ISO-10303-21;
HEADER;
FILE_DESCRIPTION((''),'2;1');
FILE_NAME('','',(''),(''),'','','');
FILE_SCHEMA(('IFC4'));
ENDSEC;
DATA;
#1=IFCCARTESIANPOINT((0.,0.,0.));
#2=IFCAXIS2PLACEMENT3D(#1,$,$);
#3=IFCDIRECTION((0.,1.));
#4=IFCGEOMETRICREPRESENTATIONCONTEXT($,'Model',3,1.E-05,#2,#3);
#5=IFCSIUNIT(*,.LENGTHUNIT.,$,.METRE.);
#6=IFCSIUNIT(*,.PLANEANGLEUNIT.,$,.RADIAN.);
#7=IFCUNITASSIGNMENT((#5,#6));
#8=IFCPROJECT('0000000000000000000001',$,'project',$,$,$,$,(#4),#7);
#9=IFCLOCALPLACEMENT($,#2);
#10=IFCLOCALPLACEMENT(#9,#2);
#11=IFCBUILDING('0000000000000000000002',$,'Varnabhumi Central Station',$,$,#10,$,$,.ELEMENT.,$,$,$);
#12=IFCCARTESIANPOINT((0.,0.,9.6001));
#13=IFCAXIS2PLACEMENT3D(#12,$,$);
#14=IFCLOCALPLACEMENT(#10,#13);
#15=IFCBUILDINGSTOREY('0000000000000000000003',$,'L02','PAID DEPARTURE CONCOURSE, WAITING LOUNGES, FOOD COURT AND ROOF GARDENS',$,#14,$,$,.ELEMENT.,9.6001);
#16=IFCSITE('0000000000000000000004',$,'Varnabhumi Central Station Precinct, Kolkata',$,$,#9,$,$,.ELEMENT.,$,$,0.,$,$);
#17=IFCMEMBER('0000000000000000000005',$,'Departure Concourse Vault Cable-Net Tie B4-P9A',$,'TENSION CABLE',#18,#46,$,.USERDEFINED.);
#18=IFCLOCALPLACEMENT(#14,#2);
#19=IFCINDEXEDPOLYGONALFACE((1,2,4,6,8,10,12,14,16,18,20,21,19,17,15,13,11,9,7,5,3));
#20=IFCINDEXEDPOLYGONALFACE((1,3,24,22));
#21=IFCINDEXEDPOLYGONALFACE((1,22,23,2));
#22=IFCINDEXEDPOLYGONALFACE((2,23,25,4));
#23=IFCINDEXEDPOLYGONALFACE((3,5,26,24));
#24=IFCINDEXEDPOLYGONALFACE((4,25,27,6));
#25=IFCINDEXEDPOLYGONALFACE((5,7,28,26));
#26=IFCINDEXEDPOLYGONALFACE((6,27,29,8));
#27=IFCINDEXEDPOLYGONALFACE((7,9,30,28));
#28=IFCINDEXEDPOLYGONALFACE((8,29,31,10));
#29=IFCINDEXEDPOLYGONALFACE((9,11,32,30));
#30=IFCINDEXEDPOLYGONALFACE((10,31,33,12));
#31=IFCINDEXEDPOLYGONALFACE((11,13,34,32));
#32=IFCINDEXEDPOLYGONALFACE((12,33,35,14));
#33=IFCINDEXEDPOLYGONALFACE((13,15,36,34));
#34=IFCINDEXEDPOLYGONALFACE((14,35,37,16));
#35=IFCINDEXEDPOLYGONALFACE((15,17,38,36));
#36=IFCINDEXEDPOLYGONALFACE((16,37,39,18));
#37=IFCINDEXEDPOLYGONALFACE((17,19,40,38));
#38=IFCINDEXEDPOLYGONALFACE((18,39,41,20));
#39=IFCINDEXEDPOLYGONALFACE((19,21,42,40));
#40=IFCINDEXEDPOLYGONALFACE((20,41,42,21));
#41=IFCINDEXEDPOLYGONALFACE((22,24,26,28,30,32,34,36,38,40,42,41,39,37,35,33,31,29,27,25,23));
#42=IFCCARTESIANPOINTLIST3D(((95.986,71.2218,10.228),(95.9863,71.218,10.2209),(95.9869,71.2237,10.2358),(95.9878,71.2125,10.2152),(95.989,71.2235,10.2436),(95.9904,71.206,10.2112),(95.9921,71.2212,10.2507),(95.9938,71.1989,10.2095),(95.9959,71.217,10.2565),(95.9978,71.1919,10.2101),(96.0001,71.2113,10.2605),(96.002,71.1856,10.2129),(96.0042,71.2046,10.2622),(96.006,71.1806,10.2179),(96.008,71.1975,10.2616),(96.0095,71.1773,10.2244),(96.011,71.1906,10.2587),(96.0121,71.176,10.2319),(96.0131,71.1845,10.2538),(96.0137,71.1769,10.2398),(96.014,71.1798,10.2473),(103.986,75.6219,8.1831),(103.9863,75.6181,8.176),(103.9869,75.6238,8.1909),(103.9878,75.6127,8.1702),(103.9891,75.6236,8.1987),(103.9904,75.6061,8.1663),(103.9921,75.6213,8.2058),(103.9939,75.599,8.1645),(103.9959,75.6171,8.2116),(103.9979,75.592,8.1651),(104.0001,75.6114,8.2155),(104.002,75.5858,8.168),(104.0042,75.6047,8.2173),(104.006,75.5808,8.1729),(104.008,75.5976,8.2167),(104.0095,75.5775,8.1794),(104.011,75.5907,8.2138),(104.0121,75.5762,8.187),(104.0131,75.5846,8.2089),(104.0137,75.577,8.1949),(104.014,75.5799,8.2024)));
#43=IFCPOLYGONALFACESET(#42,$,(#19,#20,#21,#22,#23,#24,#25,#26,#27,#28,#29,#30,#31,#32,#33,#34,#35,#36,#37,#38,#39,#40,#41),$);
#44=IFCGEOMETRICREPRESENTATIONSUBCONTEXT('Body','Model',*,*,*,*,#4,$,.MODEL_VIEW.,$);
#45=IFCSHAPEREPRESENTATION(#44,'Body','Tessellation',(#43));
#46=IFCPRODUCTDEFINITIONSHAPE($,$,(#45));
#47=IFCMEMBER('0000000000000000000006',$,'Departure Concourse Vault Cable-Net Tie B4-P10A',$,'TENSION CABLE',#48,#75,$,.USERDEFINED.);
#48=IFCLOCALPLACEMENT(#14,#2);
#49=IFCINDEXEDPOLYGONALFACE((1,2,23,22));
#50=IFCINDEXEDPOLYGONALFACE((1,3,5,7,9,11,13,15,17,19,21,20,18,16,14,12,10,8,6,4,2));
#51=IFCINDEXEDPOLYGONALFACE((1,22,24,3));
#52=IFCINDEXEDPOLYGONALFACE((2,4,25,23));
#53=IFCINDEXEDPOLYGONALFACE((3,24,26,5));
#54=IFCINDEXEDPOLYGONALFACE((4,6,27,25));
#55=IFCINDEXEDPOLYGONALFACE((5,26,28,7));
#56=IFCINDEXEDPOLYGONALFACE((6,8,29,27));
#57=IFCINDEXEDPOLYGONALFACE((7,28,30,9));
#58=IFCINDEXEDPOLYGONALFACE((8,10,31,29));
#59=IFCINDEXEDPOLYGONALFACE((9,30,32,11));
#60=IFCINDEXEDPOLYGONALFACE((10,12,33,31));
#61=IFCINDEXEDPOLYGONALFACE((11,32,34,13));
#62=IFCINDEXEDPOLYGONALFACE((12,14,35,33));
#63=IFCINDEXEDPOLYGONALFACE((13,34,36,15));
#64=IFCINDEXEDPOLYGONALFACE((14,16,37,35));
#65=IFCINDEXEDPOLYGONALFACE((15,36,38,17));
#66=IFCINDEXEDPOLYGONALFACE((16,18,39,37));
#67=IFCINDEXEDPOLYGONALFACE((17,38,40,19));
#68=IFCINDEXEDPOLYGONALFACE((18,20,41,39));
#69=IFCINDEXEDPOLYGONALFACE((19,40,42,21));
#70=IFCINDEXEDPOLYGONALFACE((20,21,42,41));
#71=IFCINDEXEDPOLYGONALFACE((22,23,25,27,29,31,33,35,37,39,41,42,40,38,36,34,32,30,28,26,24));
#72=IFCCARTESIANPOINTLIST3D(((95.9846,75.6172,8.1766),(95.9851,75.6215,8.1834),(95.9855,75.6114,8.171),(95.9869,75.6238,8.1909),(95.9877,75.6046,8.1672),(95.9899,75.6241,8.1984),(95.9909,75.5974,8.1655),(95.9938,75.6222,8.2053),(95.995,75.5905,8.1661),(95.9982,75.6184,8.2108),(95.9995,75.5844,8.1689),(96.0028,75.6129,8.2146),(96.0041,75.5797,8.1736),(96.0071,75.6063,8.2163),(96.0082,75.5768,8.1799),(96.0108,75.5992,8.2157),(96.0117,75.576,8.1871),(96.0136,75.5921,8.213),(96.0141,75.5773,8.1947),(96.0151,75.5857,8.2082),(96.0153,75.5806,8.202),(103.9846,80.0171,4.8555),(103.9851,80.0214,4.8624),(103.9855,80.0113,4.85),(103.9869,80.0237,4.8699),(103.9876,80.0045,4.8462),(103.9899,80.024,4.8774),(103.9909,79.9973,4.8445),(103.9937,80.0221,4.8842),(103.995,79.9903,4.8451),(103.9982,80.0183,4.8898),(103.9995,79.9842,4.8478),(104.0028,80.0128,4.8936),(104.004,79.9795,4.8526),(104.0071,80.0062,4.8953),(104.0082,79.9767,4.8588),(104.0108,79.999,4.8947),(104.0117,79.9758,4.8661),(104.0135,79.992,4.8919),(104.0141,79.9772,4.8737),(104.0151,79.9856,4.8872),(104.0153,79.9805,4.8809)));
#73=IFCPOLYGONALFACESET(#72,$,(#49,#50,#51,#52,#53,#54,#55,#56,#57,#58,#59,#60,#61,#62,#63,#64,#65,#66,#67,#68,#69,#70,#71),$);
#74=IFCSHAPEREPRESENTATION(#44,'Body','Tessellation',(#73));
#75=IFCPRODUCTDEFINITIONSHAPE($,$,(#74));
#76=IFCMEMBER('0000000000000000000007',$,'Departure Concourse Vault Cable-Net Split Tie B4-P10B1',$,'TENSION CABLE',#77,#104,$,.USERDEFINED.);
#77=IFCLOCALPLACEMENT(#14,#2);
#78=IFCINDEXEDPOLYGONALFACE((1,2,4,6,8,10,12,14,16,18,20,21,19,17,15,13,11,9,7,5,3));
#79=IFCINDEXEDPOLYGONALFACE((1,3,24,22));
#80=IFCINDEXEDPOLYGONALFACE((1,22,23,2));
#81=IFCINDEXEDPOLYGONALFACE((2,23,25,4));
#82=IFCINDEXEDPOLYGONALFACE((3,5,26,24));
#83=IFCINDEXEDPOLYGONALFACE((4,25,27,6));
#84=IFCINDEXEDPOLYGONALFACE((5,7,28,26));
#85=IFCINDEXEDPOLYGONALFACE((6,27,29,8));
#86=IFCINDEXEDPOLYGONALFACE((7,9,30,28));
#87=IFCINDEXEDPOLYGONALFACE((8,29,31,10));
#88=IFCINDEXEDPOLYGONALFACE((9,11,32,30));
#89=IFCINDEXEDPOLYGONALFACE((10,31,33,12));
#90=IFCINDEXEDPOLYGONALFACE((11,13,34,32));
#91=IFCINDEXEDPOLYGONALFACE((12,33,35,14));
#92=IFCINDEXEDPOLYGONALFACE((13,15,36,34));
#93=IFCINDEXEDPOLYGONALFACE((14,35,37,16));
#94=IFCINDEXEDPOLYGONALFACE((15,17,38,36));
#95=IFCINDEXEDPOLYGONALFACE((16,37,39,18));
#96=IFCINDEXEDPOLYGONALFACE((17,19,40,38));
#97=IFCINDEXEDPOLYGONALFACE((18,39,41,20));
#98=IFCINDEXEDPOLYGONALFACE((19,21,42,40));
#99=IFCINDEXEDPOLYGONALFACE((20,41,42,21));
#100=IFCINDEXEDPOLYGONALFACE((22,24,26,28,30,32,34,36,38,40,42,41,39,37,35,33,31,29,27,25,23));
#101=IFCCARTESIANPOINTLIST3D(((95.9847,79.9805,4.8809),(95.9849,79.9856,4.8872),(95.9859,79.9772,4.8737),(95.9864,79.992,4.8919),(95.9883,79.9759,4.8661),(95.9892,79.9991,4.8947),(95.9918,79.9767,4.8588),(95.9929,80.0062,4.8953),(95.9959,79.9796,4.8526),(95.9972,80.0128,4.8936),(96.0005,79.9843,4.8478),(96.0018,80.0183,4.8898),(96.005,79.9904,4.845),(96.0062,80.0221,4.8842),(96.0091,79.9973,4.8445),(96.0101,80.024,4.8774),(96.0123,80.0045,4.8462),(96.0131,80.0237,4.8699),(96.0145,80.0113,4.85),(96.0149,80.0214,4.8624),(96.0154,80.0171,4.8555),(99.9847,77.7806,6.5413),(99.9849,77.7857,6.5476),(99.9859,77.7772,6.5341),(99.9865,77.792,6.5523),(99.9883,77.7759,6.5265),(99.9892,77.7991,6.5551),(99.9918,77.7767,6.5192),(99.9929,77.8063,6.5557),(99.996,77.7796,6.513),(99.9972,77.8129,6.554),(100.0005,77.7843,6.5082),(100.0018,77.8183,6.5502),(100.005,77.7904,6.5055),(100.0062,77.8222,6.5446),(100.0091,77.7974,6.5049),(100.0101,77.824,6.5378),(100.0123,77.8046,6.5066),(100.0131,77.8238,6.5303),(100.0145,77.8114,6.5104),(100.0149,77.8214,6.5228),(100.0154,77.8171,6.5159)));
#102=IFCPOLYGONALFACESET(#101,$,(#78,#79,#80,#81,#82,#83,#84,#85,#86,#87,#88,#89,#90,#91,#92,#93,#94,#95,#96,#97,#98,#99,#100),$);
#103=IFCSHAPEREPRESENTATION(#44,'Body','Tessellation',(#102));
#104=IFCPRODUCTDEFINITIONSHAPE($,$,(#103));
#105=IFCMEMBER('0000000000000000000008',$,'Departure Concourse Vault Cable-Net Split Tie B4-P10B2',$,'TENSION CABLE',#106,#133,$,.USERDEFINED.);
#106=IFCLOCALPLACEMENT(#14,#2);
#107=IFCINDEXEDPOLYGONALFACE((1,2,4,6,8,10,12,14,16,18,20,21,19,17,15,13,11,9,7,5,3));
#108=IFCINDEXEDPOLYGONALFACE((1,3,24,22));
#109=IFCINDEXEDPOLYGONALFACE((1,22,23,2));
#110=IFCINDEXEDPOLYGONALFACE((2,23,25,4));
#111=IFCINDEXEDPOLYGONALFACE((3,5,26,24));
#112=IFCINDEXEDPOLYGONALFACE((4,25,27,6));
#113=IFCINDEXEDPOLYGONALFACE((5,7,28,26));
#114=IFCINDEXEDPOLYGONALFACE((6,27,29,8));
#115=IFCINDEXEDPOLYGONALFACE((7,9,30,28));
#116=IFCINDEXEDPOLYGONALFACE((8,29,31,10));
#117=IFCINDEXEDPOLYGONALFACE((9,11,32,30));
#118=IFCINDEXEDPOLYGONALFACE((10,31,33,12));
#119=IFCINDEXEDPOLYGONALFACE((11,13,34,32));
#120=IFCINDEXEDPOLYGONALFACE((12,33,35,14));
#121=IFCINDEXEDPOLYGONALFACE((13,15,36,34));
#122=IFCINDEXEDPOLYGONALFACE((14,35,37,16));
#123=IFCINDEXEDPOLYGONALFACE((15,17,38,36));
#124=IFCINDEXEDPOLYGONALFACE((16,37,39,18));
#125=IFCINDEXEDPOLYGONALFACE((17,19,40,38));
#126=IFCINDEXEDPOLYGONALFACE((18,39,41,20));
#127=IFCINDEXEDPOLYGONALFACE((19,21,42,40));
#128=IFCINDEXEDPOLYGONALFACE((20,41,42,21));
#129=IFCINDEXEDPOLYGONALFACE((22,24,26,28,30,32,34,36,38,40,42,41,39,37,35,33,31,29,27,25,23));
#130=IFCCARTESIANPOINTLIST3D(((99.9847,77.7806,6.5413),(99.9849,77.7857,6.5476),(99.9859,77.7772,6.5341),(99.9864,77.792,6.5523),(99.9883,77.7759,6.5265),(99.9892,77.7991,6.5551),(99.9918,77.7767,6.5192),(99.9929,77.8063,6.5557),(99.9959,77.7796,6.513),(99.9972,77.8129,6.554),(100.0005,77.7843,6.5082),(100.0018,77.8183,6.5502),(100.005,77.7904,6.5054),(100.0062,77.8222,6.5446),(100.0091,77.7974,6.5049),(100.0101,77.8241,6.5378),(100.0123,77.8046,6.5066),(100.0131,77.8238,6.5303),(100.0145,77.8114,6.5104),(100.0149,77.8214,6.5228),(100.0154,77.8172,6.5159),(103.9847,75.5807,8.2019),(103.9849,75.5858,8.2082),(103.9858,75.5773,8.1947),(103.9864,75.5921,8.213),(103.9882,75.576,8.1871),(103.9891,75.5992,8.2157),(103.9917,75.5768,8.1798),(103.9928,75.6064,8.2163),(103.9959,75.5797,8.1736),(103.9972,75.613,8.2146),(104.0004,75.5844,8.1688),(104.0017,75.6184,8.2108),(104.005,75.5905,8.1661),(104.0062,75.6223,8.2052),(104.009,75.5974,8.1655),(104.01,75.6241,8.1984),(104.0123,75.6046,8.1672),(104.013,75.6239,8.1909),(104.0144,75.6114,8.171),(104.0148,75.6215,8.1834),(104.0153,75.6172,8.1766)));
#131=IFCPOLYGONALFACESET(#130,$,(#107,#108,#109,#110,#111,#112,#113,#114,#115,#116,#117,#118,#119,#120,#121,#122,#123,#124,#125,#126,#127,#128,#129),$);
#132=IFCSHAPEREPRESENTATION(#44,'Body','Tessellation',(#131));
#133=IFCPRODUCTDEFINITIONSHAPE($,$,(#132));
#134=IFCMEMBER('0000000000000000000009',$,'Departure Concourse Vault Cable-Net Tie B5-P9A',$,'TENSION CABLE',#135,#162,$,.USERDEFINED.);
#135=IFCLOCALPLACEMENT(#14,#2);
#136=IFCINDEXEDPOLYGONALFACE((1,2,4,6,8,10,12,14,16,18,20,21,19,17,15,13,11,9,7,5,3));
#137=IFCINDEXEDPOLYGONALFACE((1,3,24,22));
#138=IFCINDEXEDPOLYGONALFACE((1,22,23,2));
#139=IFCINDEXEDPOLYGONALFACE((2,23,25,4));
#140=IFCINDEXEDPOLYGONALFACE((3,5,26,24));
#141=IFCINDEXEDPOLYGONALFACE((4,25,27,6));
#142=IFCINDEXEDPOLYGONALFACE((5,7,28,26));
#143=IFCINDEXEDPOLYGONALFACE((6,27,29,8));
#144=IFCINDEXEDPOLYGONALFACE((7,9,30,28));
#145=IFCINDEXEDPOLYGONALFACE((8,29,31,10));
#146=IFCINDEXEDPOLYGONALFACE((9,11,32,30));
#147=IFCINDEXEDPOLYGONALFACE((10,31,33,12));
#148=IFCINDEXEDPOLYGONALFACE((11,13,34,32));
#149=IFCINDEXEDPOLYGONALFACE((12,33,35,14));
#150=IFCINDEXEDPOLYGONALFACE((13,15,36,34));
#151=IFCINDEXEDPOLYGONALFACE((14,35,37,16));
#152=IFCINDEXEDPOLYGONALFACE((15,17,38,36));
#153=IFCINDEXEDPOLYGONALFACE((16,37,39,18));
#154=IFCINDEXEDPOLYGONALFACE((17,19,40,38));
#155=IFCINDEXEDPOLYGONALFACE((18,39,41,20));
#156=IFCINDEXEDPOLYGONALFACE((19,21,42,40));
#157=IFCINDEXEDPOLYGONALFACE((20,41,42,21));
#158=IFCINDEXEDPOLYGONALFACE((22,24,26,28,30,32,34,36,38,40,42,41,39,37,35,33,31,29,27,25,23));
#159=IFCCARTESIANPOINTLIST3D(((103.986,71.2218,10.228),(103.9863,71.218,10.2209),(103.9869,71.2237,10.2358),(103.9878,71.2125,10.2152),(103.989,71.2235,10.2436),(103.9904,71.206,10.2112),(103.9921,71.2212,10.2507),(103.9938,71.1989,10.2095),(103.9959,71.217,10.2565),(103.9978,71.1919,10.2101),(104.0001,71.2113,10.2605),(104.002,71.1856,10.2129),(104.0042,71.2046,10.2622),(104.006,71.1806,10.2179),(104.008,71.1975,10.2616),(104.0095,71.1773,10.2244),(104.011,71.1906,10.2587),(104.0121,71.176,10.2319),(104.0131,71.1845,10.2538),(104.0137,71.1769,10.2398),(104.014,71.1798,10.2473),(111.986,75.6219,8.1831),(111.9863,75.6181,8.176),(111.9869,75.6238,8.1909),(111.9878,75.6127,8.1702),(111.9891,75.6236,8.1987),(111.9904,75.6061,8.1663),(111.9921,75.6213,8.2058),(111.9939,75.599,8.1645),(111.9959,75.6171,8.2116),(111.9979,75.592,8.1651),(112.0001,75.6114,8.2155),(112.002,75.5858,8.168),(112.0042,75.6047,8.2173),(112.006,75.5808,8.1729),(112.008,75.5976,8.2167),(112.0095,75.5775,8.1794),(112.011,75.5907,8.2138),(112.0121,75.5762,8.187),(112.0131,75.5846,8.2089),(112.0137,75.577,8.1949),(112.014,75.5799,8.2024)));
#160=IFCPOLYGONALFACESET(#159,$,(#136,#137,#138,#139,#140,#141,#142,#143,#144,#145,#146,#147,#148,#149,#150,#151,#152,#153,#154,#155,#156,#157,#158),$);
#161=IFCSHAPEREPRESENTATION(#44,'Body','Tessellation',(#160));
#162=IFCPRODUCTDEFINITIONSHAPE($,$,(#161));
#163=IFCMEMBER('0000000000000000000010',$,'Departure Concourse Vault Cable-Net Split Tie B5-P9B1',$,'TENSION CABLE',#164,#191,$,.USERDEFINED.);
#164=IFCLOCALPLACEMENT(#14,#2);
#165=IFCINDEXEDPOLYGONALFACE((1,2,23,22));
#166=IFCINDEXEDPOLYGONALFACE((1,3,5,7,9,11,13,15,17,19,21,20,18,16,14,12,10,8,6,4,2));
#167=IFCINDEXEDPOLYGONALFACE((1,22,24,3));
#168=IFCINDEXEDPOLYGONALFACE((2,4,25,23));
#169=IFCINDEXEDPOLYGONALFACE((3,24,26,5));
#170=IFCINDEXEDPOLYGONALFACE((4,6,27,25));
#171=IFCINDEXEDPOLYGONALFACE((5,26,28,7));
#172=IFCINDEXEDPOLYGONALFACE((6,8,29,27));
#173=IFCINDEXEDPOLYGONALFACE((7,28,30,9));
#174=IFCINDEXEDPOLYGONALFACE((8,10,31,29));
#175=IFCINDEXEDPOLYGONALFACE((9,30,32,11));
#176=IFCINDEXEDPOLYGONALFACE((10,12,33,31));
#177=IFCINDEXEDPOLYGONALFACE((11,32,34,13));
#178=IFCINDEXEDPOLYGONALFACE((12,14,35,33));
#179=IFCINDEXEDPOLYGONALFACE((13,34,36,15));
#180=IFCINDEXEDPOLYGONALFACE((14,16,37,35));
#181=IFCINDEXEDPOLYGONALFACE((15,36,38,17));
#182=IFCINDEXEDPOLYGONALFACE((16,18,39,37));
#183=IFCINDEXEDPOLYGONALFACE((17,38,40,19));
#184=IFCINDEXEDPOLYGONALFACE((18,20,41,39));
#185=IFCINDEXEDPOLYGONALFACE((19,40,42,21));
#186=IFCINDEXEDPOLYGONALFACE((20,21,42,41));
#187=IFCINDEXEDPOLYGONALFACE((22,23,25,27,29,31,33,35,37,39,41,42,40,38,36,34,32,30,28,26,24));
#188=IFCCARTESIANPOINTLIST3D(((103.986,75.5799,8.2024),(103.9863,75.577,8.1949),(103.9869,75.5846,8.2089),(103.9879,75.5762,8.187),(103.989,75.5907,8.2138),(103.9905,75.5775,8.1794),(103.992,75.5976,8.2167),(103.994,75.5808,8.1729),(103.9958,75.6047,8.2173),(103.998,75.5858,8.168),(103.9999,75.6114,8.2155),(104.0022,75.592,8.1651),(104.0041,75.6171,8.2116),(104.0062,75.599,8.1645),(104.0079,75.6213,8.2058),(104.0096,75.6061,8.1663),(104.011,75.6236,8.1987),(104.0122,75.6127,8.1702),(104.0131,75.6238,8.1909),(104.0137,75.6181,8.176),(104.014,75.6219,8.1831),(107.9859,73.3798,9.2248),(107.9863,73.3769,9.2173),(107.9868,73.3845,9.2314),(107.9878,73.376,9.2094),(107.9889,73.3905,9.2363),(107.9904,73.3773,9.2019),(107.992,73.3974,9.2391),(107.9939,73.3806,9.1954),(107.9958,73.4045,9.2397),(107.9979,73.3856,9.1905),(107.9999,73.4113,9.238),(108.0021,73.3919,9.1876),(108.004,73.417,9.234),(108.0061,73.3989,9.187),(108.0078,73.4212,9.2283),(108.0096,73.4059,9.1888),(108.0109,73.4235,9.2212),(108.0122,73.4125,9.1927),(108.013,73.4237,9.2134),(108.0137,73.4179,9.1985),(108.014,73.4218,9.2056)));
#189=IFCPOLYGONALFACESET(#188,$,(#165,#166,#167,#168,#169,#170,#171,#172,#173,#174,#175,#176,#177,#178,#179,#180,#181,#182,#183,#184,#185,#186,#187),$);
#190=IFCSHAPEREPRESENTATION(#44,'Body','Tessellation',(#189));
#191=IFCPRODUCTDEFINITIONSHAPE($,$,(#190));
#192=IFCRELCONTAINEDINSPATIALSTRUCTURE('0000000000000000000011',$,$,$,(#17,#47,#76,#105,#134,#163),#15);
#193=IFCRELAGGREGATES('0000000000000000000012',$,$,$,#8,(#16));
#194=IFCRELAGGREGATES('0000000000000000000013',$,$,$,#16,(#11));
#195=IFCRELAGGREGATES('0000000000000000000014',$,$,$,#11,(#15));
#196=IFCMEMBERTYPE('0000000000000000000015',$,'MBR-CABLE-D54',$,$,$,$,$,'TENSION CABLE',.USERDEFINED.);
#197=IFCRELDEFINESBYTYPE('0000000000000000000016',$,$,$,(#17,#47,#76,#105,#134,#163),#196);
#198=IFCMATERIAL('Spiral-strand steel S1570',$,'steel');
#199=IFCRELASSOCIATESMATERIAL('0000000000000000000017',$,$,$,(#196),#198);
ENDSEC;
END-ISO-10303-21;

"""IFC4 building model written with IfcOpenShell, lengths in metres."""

from ifc_helpers import new_model, si_unit, direction, frame, origin, origin_2d, place, context, subcontext, project, spatial, circle, extrude, material, material_profile, profile_set, type_object, element, save


model = new_model("IFC4")

# Units and contexts
model_context = context("Model", 3, precision=1e-05, world=origin(), true_north=direction((0.0, 1.0)))
body_context = subcontext(model_context, "Body", "Model", "MODEL_VIEW")
ifc_project = project(units=[si_unit("LENGTHUNIT", "METRE"), si_unit("PLANEANGLEUNIT", "RADIAN")], contexts=[model_context])

# Site, building, storey
site_placement = place(None, origin())
site = spatial("IfcSite", under=ifc_project, at=site_placement, Name="Varnabhumi Central Station Precinct, Kolkata", CompositionType="ELEMENT", RefElevation=0.0)
building_placement = place(site_placement, origin())
building = spatial("IfcBuilding", under=site, at=building_placement, Name="Varnabhumi Central Station", CompositionType="ELEMENT")
storey_placement = place(building_placement, frame((0.0, 0.0, 9.6001)))
storey = spatial("IfcBuildingStorey", under=building, at=storey_placement, Name="L02", Description="PAID DEPARTURE CONCOURSE, WAITING LOUNGES, FOOD COURT AND ROOF GARDENS", CompositionType="ELEMENT", Elevation=9.6001)

# Members
ifc_material_1 = material(Name="Spiral-strand steel S1570", Category="steel")
ifc_material_profile_1 = material_profile(ifc_material_1, circle(Radius=0.0271, at=origin_2d()), Name="Spiral-strand steel S1570", Category="steel")
ifc_profile_set_1 = profile_set([ifc_material_profile_1], Name="Spiral-strand steel S1570")
member_type = type_object("IfcMemberType", Name="MBR-CABLE-D54", ElementType="TENSION CABLE", PredefinedType="USERDEFINED", material=ifc_profile_set_1)
member_1_placement = place(storey_placement, frame((96.0, 71.2, 10.2358), z_axis=(0.855026, 0.47028, -0.218558), x_axis=(-0.481931, 0.876209, 0.0)))
element("IfcMember", 1, at=member_1_placement, inside=storey, type_object=member_type, Name="Departure Concourse Vault Cable-Net Tie B4-P9A", ObjectType="TENSION CABLE", PredefinedType="USERDEFINED", context=body_context, shape_type="SweptSolid", body=[
    extrude(circle(Radius=0.0271, at=origin_2d()), origin(), (0.0, 0.0, 1.0), 9.3564),
])
member_2_placement = place(storey_placement, frame((96.0, 75.6001, 8.1909), z_axis=(0.823437, 0.45288, -0.341834), x_axis=(-0.481911, 0.87622, 0.0)))
element("IfcMember", 2, at=member_2_placement, inside=storey, type_object=member_type, Name="Departure Concourse Vault Cable-Net Tie B4-P10A", ObjectType="TENSION CABLE", PredefinedType="USERDEFINED", context=body_context, shape_type="SweptSolid", body=[
    extrude(circle(Radius=0.0271, at=origin_2d()), origin(), (0.0, 0.0, 1.0), 9.7153),
])
for number, where, z_axis, x_axis, name in (
    (3, (96.0, 80.0, 4.8699), (0.823444, -0.452884, 0.341812), (0.481911, 0.87622, 0.0), "Departure Concourse Vault Cable-Net Split Tie B4-P10B1"),
    (4, (100.0, 77.8, 6.5303), (0.82343, -0.452877, 0.341856), (0.481911, 0.87622, 0.0), "Departure Concourse Vault Cable-Net Split Tie B4-P10B2"),
):
    element("IfcMember", number, at=place(storey_placement, frame(where, z_axis=z_axis, x_axis=x_axis)), inside=storey, type_object=member_type, Name=name, ObjectType="TENSION CABLE", PredefinedType="USERDEFINED", context=body_context, shape_type="SweptSolid", body=[
        extrude(circle(Radius=0.0271, at=origin_2d()), origin(), (0.0, 0.0, 1.0), 4.8577),
    ])
member_3_placement = place(storey_placement, frame((104.0, 71.2, 10.2358), z_axis=(0.855026, 0.47028, -0.218558), x_axis=(-0.481931, 0.876209, 0.0)))
element("IfcMember", 5, at=member_3_placement, inside=storey, type_object=member_type, Name="Departure Concourse Vault Cable-Net Tie B5-P9A", ObjectType="TENSION CABLE", PredefinedType="USERDEFINED", context=body_context, shape_type="SweptSolid", body=[
    extrude(circle(Radius=0.0271, at=origin_2d()), origin(), (0.0, 0.0, 1.0), 9.3564),
])
for number, where, z_axis, x_axis, name in (
    (6, (104.0, 75.6001, 8.1909), (0.855015, -0.4703, 0.218555), (0.481952, 0.876198, 0.0), "Departure Concourse Vault Cable-Net Split Tie B5-P9B1"),
):
    element("IfcMember", number, at=place(storey_placement, frame(where, z_axis=z_axis, x_axis=x_axis)), inside=storey, type_object=member_type, Name=name, ObjectType="TENSION CABLE", PredefinedType="USERDEFINED", context=body_context, shape_type="SweptSolid", body=[
        extrude(circle(Radius=0.0271, at=origin_2d()), origin(), (0.0, 0.0, 1.0), 4.6782),
    ])

save(model, "model.ifc")
